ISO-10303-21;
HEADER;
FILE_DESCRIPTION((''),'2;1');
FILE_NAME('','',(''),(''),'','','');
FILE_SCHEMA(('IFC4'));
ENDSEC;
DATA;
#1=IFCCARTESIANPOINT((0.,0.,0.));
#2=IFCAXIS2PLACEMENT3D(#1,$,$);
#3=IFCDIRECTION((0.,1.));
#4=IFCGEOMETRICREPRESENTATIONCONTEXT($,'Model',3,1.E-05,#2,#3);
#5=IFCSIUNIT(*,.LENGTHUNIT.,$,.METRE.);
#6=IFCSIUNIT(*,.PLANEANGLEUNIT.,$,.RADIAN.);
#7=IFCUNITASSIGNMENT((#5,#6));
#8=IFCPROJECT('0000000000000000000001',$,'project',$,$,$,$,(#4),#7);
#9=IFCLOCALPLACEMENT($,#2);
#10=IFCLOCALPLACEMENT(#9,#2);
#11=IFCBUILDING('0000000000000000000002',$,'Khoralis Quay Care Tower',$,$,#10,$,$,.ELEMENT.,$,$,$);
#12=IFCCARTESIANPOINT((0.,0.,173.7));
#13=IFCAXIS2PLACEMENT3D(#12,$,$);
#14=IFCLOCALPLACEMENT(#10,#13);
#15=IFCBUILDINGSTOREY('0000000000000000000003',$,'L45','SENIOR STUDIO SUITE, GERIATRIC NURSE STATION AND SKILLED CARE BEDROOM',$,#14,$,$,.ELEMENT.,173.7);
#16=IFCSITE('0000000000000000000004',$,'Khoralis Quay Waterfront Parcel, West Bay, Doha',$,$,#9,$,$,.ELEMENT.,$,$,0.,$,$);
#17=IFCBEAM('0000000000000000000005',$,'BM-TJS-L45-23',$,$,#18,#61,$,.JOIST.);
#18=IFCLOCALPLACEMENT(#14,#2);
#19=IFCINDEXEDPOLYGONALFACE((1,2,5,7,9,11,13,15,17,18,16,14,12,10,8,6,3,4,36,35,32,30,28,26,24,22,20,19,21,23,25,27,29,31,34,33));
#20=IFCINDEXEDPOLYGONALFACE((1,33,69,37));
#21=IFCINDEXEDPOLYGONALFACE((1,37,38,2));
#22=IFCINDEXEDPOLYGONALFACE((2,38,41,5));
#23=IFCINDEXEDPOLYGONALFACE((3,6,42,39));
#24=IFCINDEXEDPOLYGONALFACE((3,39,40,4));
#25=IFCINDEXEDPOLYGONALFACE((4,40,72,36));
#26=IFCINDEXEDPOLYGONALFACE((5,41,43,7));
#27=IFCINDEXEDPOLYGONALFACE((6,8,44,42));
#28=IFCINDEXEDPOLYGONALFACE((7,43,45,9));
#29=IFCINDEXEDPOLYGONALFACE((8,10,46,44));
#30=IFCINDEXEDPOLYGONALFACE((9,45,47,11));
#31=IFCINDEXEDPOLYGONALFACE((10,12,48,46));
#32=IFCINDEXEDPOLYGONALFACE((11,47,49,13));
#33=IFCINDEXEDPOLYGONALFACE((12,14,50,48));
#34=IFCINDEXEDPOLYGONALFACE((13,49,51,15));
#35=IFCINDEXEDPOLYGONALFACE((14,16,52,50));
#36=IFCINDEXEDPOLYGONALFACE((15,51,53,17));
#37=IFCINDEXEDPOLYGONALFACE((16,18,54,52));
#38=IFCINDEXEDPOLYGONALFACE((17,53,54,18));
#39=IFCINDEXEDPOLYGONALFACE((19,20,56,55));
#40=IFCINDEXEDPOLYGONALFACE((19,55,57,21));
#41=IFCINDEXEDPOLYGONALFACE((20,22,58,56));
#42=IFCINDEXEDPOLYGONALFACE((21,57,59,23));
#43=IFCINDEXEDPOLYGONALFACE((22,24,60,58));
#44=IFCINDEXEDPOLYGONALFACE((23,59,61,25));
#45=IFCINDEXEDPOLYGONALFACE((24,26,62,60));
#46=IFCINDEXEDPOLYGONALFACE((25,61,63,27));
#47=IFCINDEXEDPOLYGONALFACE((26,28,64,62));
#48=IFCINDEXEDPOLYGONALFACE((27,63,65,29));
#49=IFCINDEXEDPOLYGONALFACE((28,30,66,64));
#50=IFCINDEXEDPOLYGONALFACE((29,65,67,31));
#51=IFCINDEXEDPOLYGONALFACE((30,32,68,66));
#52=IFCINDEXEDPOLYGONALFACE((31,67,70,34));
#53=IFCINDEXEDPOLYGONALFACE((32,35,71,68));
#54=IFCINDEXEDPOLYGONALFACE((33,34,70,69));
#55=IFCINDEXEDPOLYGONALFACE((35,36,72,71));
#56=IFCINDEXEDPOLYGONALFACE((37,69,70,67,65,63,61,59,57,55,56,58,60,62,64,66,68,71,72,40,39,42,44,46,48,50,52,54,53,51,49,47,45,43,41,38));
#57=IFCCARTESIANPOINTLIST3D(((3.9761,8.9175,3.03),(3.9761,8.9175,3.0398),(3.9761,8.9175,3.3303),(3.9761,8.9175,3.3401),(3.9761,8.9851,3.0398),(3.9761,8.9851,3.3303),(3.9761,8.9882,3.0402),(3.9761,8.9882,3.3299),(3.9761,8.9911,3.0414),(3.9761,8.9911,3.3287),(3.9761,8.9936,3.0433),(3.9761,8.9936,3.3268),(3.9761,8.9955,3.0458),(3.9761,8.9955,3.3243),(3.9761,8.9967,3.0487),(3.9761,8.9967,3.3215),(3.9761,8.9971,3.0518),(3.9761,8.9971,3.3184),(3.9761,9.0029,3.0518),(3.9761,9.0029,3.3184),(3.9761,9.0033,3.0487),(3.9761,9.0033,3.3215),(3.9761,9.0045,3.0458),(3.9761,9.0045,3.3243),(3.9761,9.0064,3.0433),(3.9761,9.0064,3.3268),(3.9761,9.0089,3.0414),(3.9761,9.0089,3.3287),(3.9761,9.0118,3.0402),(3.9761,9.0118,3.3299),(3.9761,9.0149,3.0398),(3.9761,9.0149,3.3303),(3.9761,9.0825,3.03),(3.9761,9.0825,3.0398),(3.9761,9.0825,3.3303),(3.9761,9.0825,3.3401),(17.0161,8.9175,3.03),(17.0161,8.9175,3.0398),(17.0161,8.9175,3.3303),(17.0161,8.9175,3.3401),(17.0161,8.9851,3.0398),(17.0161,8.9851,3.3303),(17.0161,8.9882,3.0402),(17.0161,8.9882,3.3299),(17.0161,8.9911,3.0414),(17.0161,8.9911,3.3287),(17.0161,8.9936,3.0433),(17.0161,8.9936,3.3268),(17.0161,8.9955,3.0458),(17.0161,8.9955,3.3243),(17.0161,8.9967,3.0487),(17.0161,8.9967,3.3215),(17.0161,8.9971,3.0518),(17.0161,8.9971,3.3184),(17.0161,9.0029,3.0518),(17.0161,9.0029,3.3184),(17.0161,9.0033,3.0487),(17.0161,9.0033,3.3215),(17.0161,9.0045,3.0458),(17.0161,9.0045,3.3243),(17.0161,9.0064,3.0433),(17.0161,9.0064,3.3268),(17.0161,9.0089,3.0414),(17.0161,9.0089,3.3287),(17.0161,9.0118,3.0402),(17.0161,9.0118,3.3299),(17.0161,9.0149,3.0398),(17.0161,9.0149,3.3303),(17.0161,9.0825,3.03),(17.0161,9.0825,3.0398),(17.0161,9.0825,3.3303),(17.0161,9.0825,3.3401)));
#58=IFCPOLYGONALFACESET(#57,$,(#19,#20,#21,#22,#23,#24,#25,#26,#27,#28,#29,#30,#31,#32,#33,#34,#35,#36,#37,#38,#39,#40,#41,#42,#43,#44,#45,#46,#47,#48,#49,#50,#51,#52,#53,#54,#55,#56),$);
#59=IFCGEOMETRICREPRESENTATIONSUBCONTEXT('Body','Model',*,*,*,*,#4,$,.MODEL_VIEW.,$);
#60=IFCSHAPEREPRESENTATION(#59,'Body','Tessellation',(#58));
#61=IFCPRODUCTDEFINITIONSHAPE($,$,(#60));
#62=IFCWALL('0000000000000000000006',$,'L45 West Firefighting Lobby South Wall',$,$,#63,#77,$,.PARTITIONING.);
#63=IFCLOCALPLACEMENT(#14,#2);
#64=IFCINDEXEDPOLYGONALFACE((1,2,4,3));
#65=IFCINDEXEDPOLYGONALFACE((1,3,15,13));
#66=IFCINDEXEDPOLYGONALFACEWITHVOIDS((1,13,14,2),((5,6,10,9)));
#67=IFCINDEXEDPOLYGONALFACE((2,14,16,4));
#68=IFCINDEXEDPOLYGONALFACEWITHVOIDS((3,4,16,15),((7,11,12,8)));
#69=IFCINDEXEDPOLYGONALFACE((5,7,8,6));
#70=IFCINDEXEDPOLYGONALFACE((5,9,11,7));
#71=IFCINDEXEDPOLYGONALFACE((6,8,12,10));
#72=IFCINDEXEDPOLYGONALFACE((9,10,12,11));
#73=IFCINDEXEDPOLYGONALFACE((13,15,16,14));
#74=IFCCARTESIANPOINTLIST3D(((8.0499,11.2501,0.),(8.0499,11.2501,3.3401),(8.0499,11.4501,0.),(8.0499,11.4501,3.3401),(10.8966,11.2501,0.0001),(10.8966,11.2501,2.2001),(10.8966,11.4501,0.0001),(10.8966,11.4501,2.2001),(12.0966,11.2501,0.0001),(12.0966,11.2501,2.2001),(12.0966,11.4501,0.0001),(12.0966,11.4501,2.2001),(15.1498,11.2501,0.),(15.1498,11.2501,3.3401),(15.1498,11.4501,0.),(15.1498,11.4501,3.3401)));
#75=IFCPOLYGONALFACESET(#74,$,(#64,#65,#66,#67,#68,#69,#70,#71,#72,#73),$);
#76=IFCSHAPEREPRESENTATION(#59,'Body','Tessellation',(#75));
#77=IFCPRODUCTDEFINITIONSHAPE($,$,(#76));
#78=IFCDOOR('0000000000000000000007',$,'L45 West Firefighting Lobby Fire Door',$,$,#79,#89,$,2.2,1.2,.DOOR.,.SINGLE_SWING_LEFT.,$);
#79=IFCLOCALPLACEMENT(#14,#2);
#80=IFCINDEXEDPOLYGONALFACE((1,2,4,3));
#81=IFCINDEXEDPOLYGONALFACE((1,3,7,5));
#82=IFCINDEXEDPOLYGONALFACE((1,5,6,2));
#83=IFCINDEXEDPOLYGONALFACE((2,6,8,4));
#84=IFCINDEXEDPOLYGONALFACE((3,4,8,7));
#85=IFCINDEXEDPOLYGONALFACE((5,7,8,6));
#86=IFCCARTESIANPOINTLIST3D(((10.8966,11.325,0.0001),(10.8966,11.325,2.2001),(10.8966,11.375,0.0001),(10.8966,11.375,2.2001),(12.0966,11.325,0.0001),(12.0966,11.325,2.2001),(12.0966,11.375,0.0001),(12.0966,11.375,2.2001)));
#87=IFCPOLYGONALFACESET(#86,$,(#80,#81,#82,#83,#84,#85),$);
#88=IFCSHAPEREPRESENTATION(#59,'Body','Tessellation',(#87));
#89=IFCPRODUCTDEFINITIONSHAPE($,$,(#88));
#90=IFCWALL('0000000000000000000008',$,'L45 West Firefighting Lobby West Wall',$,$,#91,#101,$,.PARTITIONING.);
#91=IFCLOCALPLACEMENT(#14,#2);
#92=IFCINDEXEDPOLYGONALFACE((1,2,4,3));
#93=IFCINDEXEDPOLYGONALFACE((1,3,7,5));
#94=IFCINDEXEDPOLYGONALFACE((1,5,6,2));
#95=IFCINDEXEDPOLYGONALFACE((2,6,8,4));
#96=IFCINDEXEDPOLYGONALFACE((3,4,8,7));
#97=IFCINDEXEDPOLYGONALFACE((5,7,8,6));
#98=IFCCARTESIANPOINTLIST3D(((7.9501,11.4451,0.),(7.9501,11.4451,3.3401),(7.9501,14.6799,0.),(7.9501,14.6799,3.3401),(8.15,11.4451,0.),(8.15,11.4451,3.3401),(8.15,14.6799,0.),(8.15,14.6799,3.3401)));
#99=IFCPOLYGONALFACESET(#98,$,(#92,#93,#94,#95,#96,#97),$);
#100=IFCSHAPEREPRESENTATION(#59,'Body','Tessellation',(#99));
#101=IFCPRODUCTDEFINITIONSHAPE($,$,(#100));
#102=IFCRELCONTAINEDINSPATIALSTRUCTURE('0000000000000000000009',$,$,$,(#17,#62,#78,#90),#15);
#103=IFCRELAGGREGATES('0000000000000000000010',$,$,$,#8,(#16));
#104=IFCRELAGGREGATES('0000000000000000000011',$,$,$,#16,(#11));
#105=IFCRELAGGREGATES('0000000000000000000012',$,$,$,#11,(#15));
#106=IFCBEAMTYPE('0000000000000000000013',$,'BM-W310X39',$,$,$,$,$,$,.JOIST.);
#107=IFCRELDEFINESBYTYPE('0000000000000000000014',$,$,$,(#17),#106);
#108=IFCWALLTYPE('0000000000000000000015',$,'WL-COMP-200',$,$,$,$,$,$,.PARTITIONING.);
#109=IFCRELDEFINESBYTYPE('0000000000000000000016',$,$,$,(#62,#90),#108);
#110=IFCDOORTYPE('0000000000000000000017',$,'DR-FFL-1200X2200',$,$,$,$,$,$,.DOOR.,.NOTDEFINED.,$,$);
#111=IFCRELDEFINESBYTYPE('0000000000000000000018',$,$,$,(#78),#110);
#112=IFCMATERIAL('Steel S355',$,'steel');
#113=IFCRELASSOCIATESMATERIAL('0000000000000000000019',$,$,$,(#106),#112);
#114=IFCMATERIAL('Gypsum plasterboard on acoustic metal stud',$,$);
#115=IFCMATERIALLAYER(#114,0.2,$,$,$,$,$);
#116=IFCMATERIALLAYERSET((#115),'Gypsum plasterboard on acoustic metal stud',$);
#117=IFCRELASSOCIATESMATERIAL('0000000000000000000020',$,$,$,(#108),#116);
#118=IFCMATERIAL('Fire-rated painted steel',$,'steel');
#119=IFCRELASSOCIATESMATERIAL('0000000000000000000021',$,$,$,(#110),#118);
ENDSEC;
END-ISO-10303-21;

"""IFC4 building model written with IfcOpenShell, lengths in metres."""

from ifc_helpers import new_model, si_unit, direction, frame, frame_2d, origin, origin_2d, place, context, subcontext, project, spatial, rectangle, i_section, extrude, source, transform, mapped, material, layer, layer_set, material_profile, profile_set, type_object, element, fill, save


model = new_model("IFC4")

# Units and contexts
model_context = context("Model", 3, precision=1e-05, world=origin(), true_north=direction((0.0, 1.0)))
body_context = subcontext(model_context, "Body", "Model", "MODEL_VIEW")
ifc_project = project(units=[si_unit("LENGTHUNIT", "METRE"), si_unit("PLANEANGLEUNIT", "RADIAN")], contexts=[model_context])

# Site, building, storey
site_placement = place(None, origin())
site = spatial("IfcSite", under=ifc_project, at=site_placement, Name="Khoralis Quay Waterfront Parcel, West Bay, Doha", CompositionType="ELEMENT", RefElevation=0.0)
building_placement = place(site_placement, origin())
building = spatial("IfcBuilding", under=site, at=building_placement, Name="Khoralis Quay Care Tower", CompositionType="ELEMENT")
storey_placement = place(building_placement, frame((0.0, 0.0, 173.7)))
storey = spatial("IfcBuildingStorey", under=building, at=storey_placement, Name="L45", Description="SENIOR STUDIO SUITE, GERIATRIC NURSE STATION AND SKILLED CARE BEDROOM", CompositionType="ELEMENT", Elevation=173.7)

# Beam
ifc_material_1 = material(Name="Steel S355", Category="steel")
ifc_material_profile_1 = material_profile(ifc_material_1, i_section(OverallWidth=0.165, OverallDepth=0.3101, WebThickness=0.0059, FlangeThickness=0.0098, FilletRadius=0.012, at=origin_2d()), Name="Steel S355")
ifc_profile_set_1 = profile_set([ifc_material_profile_1], Name="Steel S355")
beam_type_1 = type_object("IfcBeamType", Name="BM-W310X39", PredefinedType="JOIST", material=ifc_profile_set_1)
shared_shape_1 = source(origin(), body_context, "Body", "SweptSolid", [
    extrude(i_section(OverallWidth=0.165, OverallDepth=0.3101, WebThickness=0.0059, FlangeThickness=0.0098, FilletRadius=0.012, at=origin_2d()), origin(), (0.0, 0.0, 1.0), 13.04),
])
beam_1_placement = place(storey_placement, frame((3.9761, 9.0, 3.1851), z_axis=(1.0, 0.0, 0.0), x_axis=(0.0, 1.0, 0.0)))
element("IfcBeam", 1, at=beam_1_placement, inside=storey, type_object=beam_type_1, Name="BM-TJS-L45-23", PredefinedType="JOIST", context=body_context, shape_type="MappedRepresentation", body=[
    mapped(shared_shape_1, transform((0.0, 0.0, 0.0), scale=1.0)),
])

# Wall, opening, door
ifc_material_2 = material(Name="Gypsum plasterboard on acoustic metal stud")
ifc_layer_1 = layer(ifc_material_2, 0.2)
ifc_layer_set_1 = layer_set([ifc_layer_1], Name="Gypsum plasterboard on acoustic metal stud")
wall_type_1 = type_object("IfcWallType", Name="WL-COMP-200", PredefinedType="PARTITIONING", material=ifc_layer_set_1)
wall_1_placement = place(storey_placement, frame((8.05, 11.3501, 0.0), z_axis=(0.0, 0.0, 1.0), x_axis=(1.0, 0.0, 0.0)))
wall_1 = element("IfcWall", 2, at=wall_1_placement, inside=storey, type_object=wall_type_1, Name="L45 West Firefighting Lobby South Wall", PredefinedType="PARTITIONING", context=body_context, shape_type="SweptSolid", body=[
    extrude(rectangle(XDim=7.0999, YDim=0.2, at=frame_2d((3.5498, 0.0))), origin(), (0.0, 0.0, 1.0), 3.3401),
])
opening_1_placement = place(wall_1_placement, frame((2.8464, 0.0, 0.0)))
opening_1 = element("IfcOpeningElement", 3, at=opening_1_placement, cuts=wall_1, PredefinedType="OPENING", context=body_context, shape_type="SweptSolid", body=[
    extrude(rectangle(XDim=1.2, YDim=2.2, at=frame_2d((0.6001, 1.1001))), frame((0.0, 0.1099, 0.0), z_axis=(0.0, -1.0, 0.0), x_axis=(1.0, 0.0, 0.0)), (0.0, 0.0, 1.0), 0.22),
])
ifc_material_3 = material(Name="Fire-rated painted steel", Category="steel")
door_type_1 = type_object("IfcDoorType", Name="DR-FFL-1200X2200", OperationType="NOTDEFINED", PredefinedType="DOOR", material=ifc_material_3)
shared_shape_2 = source(origin(), body_context, "Body", "SweptSolid", [
    extrude(rectangle(XDim=1.2, YDim=2.2, at=frame_2d((0.6001, 1.1001))), frame((0.0, 0.0249, 0.0), z_axis=(0.0, -1.0, 0.0), x_axis=(1.0, 0.0, 0.0)), (0.0, 0.0, 1.0), 0.05),
])
door_1_placement = place(opening_1_placement, origin())
door_1 = element("IfcDoor", 4, at=door_1_placement, inside=storey, type_object=door_type_1, Name="L45 West Firefighting Lobby Fire Door", OperationType="SINGLE_SWING_LEFT", OverallHeight=2.2, OverallWidth=1.2, PredefinedType="DOOR", context=body_context, shape_type="MappedRepresentation", body=[
    mapped(shared_shape_2, transform((0.0, 0.0, 0.0), scale=1.0)),
])
fill(opening_1, door_1)

# Wall
wall_2_placement = place(storey_placement, frame((8.05, 11.4451, 0.0), z_axis=(0.0, 0.0, 1.0), x_axis=(0.0, 1.0, 0.0)))
element("IfcWall", 5, at=wall_2_placement, inside=storey, type_object=wall_type_1, Name="L45 West Firefighting Lobby West Wall", PredefinedType="PARTITIONING", context=body_context, shape_type="SweptSolid", body=[
    extrude(rectangle(XDim=3.2349, YDim=0.2, at=frame_2d((1.6174, 0.0))), origin(), (0.0, 0.0, 1.0), 3.3401),
])

save(model, "model.ifc")
